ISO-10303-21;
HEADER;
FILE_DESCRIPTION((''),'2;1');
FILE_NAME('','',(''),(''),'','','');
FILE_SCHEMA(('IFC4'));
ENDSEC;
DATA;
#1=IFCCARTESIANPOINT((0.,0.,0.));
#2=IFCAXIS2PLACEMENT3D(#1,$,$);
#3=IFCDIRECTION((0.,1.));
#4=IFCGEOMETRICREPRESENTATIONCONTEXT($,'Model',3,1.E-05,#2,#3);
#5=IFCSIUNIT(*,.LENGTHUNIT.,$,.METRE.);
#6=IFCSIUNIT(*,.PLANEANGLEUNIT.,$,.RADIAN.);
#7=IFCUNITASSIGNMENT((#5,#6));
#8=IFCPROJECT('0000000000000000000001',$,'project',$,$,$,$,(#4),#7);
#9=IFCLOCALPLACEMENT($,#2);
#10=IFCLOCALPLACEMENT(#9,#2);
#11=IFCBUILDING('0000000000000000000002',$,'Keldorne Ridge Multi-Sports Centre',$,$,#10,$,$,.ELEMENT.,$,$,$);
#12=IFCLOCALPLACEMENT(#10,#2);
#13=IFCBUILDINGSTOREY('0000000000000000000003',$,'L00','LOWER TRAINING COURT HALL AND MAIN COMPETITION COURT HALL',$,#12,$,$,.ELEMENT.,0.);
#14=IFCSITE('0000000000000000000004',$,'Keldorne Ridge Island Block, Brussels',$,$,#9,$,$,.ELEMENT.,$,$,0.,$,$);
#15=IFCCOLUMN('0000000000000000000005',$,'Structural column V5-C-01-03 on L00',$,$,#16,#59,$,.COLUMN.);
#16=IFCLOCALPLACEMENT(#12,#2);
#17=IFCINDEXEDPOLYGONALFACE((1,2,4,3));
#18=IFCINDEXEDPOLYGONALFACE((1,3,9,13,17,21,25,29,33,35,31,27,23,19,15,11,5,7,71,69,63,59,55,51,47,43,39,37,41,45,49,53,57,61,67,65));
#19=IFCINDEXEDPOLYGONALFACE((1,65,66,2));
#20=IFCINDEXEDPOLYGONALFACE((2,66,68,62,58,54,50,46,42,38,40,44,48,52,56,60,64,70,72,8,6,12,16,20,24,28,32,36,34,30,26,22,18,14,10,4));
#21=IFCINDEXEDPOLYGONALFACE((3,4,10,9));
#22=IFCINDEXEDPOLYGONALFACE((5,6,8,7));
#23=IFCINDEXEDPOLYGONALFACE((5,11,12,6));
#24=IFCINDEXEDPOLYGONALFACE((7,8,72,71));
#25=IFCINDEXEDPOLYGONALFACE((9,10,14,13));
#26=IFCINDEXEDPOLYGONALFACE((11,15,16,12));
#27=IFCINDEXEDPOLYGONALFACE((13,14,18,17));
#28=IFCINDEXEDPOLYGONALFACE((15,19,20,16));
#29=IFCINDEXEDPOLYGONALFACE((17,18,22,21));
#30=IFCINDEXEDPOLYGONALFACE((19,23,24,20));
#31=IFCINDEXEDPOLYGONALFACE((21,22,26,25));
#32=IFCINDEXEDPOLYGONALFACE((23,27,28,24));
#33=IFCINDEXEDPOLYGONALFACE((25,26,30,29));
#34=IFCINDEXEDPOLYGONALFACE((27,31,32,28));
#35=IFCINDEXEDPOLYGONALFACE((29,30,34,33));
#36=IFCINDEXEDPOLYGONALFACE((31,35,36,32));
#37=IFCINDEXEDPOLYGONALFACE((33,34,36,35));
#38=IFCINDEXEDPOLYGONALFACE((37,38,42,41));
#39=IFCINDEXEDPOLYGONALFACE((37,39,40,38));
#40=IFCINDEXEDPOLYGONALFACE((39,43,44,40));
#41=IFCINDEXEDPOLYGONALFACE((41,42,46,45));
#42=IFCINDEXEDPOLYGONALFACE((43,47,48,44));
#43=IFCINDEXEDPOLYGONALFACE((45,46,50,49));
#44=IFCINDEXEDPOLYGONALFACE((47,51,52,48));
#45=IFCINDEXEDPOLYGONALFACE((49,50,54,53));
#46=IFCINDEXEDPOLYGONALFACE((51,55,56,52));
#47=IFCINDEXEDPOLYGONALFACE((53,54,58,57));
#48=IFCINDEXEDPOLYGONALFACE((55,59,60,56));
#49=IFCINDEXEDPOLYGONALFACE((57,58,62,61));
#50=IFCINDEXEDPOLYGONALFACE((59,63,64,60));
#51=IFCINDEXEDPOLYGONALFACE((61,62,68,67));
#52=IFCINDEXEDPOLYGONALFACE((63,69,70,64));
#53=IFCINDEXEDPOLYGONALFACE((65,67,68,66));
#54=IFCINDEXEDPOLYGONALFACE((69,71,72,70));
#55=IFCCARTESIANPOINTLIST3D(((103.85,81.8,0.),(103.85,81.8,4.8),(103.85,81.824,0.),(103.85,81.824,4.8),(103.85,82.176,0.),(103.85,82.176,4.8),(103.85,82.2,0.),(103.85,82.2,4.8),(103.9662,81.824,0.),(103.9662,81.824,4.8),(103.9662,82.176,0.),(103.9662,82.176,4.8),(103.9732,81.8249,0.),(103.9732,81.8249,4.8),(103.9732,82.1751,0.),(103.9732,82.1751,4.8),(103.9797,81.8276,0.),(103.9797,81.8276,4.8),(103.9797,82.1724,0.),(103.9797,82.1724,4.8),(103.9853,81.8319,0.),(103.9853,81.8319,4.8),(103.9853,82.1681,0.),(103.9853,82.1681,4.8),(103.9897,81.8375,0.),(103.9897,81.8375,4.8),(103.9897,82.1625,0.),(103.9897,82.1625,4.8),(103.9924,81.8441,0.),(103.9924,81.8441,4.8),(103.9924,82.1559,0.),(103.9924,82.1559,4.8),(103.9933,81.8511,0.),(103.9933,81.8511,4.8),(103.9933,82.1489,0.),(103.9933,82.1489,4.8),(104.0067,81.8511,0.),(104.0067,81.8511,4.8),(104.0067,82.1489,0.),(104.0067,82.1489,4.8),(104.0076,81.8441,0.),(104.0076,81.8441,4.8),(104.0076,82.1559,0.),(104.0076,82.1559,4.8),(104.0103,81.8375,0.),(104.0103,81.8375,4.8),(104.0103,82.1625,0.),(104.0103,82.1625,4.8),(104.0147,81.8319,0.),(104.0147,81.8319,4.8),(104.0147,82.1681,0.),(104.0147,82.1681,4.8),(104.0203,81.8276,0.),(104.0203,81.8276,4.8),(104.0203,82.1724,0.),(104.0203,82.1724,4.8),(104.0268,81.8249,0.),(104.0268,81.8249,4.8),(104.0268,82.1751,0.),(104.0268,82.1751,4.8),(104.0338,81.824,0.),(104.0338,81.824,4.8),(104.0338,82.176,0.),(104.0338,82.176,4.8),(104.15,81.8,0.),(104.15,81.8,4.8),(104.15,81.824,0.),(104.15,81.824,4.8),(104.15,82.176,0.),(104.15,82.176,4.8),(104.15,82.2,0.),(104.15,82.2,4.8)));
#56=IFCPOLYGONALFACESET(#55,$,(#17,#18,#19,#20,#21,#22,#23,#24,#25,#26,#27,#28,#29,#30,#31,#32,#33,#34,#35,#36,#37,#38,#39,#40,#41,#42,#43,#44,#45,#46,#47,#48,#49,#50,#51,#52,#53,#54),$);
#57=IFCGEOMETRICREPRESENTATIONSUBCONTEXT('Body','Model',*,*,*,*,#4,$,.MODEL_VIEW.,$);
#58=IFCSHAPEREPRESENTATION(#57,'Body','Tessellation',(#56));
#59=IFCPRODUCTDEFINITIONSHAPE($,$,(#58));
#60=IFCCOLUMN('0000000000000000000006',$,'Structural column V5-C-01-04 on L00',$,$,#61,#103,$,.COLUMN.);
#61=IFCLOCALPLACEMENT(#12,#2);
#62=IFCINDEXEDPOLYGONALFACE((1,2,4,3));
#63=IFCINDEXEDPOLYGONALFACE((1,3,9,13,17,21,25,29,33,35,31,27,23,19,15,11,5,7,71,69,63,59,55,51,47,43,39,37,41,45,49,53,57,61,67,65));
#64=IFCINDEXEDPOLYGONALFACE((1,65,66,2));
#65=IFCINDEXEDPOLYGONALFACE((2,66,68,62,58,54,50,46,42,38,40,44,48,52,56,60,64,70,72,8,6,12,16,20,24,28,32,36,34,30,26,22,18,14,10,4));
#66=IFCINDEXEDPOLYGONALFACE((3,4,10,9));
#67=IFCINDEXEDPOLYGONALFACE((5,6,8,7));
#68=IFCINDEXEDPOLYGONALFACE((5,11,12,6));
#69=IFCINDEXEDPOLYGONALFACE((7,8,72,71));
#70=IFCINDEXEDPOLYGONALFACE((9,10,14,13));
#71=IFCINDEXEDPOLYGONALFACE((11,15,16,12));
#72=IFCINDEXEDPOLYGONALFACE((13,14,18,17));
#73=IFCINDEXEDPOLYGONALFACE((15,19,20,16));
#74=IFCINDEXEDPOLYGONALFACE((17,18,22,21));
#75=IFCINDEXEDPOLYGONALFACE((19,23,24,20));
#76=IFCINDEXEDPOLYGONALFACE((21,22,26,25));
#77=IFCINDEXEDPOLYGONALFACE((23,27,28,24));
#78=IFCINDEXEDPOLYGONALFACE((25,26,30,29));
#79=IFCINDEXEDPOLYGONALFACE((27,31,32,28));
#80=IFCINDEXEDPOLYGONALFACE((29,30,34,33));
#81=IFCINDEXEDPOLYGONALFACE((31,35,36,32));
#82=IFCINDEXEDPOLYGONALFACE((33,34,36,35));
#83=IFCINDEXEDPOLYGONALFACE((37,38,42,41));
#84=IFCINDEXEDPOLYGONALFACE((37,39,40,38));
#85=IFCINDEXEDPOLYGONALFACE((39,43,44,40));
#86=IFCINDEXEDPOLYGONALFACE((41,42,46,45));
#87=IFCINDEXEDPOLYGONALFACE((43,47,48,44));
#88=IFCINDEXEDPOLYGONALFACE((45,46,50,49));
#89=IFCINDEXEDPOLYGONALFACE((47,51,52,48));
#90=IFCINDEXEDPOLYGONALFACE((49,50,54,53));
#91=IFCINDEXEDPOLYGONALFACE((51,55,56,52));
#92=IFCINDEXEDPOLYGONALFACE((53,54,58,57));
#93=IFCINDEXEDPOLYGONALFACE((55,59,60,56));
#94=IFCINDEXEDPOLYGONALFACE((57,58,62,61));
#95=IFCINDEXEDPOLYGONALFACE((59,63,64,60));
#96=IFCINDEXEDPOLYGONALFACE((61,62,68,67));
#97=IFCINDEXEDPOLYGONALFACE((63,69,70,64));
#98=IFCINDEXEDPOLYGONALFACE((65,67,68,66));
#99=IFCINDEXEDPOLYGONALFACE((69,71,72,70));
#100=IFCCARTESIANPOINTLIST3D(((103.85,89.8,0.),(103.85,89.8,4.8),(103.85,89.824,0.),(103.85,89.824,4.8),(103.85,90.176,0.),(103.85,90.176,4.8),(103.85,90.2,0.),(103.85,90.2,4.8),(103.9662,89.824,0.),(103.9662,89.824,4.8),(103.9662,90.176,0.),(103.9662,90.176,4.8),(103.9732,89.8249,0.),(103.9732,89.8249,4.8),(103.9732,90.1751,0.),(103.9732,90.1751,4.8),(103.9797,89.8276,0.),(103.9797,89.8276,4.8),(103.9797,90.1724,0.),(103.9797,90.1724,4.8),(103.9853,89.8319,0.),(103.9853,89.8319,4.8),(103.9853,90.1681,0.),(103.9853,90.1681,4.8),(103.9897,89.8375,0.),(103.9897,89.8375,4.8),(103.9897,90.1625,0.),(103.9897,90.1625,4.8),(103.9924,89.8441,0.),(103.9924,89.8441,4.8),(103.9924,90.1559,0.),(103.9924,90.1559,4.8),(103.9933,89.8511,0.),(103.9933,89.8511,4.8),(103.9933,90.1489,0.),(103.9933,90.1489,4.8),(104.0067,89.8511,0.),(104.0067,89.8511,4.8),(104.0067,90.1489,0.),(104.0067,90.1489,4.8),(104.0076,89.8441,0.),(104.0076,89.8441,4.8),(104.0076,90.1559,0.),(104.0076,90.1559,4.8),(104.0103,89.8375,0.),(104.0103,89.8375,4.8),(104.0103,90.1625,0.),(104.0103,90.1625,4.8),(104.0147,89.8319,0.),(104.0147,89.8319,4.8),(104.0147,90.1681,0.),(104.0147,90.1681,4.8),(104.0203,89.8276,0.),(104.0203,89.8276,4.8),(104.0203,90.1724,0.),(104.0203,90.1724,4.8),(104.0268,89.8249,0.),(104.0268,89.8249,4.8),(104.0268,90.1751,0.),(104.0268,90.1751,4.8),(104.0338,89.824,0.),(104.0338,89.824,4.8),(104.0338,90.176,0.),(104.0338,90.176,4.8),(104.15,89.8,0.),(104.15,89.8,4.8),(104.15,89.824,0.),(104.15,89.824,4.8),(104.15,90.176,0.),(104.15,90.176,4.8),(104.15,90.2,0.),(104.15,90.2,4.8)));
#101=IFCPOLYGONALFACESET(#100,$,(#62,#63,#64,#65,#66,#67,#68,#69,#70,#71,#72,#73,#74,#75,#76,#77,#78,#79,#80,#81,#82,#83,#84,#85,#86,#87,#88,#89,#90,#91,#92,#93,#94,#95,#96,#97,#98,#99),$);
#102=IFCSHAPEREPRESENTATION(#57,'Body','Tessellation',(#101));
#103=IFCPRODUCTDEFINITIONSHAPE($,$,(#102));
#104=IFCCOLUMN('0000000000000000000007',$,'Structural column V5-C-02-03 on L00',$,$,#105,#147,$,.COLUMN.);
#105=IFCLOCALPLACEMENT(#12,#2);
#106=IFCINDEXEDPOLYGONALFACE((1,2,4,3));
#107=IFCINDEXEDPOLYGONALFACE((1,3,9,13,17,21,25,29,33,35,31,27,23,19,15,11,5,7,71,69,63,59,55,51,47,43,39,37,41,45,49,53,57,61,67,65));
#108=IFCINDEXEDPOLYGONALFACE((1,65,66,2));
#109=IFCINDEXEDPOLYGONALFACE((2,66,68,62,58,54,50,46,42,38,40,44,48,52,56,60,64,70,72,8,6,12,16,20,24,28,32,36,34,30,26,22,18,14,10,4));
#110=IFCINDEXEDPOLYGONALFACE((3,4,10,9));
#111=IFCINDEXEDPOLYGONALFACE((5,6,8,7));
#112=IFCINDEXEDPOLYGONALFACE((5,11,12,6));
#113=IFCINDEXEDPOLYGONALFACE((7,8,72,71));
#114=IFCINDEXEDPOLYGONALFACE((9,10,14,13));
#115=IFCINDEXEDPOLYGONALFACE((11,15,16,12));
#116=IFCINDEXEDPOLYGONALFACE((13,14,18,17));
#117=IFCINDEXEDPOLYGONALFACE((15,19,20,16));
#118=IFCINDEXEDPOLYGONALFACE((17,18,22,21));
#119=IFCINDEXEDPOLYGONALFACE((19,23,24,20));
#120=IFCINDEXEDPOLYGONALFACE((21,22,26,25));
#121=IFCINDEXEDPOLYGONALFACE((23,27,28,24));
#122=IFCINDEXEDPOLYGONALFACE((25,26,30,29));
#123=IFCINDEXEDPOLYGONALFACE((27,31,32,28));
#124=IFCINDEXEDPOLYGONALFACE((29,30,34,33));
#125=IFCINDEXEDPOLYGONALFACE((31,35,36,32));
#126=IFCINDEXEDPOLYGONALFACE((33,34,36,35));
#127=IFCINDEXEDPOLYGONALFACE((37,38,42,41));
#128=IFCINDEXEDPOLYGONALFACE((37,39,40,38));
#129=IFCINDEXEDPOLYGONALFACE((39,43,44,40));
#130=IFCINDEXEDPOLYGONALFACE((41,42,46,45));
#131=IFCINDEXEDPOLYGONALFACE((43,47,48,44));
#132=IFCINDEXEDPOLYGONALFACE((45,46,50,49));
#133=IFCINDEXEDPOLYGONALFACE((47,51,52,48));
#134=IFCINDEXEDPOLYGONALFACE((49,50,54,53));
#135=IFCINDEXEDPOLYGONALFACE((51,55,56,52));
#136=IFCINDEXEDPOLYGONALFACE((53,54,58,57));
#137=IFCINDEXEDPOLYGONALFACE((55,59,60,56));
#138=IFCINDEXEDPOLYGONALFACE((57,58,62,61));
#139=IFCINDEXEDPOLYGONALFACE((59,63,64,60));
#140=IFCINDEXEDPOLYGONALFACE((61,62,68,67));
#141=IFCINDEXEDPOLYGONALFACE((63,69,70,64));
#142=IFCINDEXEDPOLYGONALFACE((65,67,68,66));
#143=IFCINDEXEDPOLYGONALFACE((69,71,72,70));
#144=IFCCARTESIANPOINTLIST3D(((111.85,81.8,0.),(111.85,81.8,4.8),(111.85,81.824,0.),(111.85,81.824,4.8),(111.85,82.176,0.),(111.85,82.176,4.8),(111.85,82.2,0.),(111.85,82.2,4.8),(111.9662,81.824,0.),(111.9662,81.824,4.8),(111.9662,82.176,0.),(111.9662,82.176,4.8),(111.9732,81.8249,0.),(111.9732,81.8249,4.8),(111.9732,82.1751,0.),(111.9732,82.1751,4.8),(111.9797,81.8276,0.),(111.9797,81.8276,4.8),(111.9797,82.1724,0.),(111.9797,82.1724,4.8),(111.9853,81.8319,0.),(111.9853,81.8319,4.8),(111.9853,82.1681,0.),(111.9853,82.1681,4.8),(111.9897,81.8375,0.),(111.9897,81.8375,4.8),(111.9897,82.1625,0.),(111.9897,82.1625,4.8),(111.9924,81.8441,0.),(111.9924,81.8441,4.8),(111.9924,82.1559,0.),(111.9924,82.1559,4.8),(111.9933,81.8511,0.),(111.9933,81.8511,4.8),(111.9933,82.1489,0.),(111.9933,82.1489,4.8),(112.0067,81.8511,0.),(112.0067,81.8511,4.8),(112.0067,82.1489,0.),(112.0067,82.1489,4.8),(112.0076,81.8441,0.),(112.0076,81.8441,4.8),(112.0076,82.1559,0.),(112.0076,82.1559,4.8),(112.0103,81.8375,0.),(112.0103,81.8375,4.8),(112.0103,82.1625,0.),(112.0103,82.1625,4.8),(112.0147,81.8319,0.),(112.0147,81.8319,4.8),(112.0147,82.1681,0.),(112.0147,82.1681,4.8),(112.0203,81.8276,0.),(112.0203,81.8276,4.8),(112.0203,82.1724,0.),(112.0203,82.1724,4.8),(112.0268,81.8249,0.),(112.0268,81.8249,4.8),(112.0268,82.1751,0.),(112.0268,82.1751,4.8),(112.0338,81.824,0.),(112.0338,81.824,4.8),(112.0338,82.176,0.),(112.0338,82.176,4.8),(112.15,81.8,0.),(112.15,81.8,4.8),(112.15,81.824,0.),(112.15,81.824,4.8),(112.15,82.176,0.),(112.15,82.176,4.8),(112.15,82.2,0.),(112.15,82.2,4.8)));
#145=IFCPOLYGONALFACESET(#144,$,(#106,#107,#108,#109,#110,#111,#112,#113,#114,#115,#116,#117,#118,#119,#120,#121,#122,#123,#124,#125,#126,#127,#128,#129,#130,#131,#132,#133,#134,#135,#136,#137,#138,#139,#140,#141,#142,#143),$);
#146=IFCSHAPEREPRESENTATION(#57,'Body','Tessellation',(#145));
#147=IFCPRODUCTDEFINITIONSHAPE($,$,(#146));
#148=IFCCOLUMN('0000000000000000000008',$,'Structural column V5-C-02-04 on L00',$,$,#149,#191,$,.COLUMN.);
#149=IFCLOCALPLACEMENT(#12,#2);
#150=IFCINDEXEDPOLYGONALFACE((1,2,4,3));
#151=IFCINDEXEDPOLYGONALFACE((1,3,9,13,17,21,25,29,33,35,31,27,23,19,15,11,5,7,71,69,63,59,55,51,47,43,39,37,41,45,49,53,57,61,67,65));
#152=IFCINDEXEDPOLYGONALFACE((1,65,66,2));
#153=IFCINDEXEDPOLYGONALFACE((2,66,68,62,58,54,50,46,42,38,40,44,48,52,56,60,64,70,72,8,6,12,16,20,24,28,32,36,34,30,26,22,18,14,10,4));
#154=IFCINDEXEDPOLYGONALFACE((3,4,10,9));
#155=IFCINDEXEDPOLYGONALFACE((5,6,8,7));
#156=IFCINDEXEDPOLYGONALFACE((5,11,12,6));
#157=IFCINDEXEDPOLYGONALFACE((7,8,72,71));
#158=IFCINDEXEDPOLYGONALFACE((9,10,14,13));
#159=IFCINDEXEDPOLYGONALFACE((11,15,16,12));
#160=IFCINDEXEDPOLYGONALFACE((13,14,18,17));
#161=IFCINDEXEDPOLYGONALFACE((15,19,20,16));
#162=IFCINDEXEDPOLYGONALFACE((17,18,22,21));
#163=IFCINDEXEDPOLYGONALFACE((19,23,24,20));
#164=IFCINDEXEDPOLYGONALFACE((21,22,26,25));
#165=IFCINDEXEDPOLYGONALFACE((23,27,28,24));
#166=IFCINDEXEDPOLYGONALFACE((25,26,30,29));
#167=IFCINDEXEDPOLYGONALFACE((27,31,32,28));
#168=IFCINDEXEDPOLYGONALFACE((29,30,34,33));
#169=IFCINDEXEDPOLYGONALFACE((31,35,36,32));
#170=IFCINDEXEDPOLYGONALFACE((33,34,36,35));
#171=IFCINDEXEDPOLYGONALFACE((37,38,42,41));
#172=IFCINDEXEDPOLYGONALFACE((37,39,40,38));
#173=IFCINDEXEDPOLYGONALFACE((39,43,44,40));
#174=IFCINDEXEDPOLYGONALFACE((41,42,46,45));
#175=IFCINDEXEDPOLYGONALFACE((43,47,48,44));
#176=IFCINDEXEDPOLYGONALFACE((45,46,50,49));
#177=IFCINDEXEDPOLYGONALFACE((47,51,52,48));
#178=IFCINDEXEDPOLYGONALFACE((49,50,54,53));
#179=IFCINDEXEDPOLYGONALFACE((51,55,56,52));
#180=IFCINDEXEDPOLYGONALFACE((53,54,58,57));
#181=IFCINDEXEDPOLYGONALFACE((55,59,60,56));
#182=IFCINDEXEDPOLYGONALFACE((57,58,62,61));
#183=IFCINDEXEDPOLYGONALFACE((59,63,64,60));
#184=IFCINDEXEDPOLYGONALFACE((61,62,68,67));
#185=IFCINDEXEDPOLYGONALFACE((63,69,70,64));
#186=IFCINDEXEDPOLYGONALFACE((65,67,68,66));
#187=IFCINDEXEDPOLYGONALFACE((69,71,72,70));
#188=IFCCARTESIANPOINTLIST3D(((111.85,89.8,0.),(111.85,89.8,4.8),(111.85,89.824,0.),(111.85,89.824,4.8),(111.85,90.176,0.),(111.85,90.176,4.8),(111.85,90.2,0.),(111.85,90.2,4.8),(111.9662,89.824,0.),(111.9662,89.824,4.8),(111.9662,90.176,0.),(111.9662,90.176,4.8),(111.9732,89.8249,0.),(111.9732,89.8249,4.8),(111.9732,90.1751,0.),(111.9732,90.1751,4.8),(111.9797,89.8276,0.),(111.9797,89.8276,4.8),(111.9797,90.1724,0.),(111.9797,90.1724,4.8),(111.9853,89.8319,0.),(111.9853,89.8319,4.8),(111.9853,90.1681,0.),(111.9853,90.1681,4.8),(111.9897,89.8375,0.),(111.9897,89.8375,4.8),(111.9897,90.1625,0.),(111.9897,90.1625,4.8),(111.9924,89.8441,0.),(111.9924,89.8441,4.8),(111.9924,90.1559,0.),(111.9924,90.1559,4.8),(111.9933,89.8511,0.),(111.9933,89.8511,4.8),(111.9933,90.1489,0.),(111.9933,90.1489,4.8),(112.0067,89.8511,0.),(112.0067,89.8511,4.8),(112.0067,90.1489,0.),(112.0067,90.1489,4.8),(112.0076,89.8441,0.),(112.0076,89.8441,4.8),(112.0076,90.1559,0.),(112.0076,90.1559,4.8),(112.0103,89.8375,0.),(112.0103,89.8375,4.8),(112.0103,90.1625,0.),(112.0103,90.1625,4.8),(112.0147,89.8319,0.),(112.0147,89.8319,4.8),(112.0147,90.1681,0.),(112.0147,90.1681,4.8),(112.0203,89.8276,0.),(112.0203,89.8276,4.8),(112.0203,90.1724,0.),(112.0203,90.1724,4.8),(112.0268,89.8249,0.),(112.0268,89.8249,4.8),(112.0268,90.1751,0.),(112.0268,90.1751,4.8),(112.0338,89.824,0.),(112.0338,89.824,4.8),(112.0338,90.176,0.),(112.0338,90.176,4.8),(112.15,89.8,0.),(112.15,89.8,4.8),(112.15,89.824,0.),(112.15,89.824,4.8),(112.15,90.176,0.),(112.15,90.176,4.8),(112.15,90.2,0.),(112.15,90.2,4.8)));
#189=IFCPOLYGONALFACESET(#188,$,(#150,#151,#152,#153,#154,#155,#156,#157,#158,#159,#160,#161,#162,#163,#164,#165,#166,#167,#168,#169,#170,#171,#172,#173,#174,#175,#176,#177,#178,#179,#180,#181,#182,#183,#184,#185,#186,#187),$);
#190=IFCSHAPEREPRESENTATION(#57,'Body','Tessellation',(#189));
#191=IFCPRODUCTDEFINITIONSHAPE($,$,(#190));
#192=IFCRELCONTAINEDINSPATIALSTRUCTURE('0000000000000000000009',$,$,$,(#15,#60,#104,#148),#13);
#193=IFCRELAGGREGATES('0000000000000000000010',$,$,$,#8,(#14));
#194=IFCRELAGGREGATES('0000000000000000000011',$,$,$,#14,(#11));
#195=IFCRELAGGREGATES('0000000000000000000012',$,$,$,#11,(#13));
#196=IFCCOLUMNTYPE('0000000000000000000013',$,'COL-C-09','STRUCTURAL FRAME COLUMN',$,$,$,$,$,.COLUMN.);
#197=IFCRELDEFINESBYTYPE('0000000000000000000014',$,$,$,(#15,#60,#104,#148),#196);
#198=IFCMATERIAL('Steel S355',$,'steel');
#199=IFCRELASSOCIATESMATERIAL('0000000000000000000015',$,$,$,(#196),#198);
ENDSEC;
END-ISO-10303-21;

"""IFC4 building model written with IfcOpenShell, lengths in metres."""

from ifc_helpers import new_model, si_unit, direction, frame, origin, origin_2d, place, context, subcontext, project, spatial, i_section, extrude, material, material_profile, profile_set, type_object, element, save


model = new_model("IFC4")

# Units and contexts
model_context = context("Model", 3, precision=1e-05, world=origin(), true_north=direction((0.0, 1.0)))
body_context = subcontext(model_context, "Body", "Model", "MODEL_VIEW")
ifc_project = project(units=[si_unit("LENGTHUNIT", "METRE"), si_unit("PLANEANGLEUNIT", "RADIAN")], contexts=[model_context])

# Site, building, storey
site_placement = place(None, origin())
site = spatial("IfcSite", under=ifc_project, at=site_placement, Name="Keldorne Ridge Island Block, Brussels", CompositionType="ELEMENT", RefElevation=0.0)
building_placement = place(site_placement, origin())
building = spatial("IfcBuilding", under=site, at=building_placement, Name="Keldorne Ridge Multi-Sports Centre", CompositionType="ELEMENT")
storey_placement = place(building_placement, origin())
storey = spatial("IfcBuildingStorey", under=building, at=storey_placement, Name="L00", Description="LOWER TRAINING COURT HALL AND MAIN COMPETITION COURT HALL", CompositionType="ELEMENT", Elevation=0.0)

# Columns
ifc_material_1 = material(Name="Steel S355", Category="steel")
ifc_material_profile_1 = material_profile(ifc_material_1, i_section(OverallWidth=0.3, OverallDepth=0.3999, WebThickness=0.0134, FlangeThickness=0.0239, FilletRadius=0.0271, at=origin_2d()), Name="HEB 400")
ifc_profile_set_1 = profile_set([ifc_material_profile_1], Name="Steel S355")
column_type = type_object("IfcColumnType", Name="COL-C-09", Description="STRUCTURAL FRAME COLUMN", PredefinedType="COLUMN", material=ifc_profile_set_1)
for number, where, z_axis, x_axis, name in (
    (1, (104.0, 82.0, 0.0), (0.0, 0.0, 1.0), (1.0, 0.0, 0.0), "Structural column V5-C-01-03 on L00"),
    (2, (104.0, 90.0, 0.0), (0.0, 0.0, 1.0), (1.0, 0.0, 0.0), "Structural column V5-C-01-04 on L00"),
    (3, (112.0, 82.0, 0.0), (0.0, 0.0, 1.0), (1.0, 0.0, 0.0), "Structural column V5-C-02-03 on L00"),
    (4, (112.0, 90.0, 0.0), (0.0, 0.0, 1.0), (1.0, 0.0, 0.0), "Structural column V5-C-02-04 on L00"),
):
    element("IfcColumn", number, at=place(storey_placement, frame(where, z_axis=z_axis, x_axis=x_axis)), inside=storey, type_object=column_type, Name=name, PredefinedType="COLUMN", context=body_context, shape_type="SweptSolid", body=[
        extrude(i_section(OverallWidth=0.3, OverallDepth=0.3999, WebThickness=0.0134, FlangeThickness=0.0239, FilletRadius=0.0271, at=origin_2d()), origin(), (0.0, 0.0, 1.0), 4.8),
    ])

save(model, "model.ifc")
